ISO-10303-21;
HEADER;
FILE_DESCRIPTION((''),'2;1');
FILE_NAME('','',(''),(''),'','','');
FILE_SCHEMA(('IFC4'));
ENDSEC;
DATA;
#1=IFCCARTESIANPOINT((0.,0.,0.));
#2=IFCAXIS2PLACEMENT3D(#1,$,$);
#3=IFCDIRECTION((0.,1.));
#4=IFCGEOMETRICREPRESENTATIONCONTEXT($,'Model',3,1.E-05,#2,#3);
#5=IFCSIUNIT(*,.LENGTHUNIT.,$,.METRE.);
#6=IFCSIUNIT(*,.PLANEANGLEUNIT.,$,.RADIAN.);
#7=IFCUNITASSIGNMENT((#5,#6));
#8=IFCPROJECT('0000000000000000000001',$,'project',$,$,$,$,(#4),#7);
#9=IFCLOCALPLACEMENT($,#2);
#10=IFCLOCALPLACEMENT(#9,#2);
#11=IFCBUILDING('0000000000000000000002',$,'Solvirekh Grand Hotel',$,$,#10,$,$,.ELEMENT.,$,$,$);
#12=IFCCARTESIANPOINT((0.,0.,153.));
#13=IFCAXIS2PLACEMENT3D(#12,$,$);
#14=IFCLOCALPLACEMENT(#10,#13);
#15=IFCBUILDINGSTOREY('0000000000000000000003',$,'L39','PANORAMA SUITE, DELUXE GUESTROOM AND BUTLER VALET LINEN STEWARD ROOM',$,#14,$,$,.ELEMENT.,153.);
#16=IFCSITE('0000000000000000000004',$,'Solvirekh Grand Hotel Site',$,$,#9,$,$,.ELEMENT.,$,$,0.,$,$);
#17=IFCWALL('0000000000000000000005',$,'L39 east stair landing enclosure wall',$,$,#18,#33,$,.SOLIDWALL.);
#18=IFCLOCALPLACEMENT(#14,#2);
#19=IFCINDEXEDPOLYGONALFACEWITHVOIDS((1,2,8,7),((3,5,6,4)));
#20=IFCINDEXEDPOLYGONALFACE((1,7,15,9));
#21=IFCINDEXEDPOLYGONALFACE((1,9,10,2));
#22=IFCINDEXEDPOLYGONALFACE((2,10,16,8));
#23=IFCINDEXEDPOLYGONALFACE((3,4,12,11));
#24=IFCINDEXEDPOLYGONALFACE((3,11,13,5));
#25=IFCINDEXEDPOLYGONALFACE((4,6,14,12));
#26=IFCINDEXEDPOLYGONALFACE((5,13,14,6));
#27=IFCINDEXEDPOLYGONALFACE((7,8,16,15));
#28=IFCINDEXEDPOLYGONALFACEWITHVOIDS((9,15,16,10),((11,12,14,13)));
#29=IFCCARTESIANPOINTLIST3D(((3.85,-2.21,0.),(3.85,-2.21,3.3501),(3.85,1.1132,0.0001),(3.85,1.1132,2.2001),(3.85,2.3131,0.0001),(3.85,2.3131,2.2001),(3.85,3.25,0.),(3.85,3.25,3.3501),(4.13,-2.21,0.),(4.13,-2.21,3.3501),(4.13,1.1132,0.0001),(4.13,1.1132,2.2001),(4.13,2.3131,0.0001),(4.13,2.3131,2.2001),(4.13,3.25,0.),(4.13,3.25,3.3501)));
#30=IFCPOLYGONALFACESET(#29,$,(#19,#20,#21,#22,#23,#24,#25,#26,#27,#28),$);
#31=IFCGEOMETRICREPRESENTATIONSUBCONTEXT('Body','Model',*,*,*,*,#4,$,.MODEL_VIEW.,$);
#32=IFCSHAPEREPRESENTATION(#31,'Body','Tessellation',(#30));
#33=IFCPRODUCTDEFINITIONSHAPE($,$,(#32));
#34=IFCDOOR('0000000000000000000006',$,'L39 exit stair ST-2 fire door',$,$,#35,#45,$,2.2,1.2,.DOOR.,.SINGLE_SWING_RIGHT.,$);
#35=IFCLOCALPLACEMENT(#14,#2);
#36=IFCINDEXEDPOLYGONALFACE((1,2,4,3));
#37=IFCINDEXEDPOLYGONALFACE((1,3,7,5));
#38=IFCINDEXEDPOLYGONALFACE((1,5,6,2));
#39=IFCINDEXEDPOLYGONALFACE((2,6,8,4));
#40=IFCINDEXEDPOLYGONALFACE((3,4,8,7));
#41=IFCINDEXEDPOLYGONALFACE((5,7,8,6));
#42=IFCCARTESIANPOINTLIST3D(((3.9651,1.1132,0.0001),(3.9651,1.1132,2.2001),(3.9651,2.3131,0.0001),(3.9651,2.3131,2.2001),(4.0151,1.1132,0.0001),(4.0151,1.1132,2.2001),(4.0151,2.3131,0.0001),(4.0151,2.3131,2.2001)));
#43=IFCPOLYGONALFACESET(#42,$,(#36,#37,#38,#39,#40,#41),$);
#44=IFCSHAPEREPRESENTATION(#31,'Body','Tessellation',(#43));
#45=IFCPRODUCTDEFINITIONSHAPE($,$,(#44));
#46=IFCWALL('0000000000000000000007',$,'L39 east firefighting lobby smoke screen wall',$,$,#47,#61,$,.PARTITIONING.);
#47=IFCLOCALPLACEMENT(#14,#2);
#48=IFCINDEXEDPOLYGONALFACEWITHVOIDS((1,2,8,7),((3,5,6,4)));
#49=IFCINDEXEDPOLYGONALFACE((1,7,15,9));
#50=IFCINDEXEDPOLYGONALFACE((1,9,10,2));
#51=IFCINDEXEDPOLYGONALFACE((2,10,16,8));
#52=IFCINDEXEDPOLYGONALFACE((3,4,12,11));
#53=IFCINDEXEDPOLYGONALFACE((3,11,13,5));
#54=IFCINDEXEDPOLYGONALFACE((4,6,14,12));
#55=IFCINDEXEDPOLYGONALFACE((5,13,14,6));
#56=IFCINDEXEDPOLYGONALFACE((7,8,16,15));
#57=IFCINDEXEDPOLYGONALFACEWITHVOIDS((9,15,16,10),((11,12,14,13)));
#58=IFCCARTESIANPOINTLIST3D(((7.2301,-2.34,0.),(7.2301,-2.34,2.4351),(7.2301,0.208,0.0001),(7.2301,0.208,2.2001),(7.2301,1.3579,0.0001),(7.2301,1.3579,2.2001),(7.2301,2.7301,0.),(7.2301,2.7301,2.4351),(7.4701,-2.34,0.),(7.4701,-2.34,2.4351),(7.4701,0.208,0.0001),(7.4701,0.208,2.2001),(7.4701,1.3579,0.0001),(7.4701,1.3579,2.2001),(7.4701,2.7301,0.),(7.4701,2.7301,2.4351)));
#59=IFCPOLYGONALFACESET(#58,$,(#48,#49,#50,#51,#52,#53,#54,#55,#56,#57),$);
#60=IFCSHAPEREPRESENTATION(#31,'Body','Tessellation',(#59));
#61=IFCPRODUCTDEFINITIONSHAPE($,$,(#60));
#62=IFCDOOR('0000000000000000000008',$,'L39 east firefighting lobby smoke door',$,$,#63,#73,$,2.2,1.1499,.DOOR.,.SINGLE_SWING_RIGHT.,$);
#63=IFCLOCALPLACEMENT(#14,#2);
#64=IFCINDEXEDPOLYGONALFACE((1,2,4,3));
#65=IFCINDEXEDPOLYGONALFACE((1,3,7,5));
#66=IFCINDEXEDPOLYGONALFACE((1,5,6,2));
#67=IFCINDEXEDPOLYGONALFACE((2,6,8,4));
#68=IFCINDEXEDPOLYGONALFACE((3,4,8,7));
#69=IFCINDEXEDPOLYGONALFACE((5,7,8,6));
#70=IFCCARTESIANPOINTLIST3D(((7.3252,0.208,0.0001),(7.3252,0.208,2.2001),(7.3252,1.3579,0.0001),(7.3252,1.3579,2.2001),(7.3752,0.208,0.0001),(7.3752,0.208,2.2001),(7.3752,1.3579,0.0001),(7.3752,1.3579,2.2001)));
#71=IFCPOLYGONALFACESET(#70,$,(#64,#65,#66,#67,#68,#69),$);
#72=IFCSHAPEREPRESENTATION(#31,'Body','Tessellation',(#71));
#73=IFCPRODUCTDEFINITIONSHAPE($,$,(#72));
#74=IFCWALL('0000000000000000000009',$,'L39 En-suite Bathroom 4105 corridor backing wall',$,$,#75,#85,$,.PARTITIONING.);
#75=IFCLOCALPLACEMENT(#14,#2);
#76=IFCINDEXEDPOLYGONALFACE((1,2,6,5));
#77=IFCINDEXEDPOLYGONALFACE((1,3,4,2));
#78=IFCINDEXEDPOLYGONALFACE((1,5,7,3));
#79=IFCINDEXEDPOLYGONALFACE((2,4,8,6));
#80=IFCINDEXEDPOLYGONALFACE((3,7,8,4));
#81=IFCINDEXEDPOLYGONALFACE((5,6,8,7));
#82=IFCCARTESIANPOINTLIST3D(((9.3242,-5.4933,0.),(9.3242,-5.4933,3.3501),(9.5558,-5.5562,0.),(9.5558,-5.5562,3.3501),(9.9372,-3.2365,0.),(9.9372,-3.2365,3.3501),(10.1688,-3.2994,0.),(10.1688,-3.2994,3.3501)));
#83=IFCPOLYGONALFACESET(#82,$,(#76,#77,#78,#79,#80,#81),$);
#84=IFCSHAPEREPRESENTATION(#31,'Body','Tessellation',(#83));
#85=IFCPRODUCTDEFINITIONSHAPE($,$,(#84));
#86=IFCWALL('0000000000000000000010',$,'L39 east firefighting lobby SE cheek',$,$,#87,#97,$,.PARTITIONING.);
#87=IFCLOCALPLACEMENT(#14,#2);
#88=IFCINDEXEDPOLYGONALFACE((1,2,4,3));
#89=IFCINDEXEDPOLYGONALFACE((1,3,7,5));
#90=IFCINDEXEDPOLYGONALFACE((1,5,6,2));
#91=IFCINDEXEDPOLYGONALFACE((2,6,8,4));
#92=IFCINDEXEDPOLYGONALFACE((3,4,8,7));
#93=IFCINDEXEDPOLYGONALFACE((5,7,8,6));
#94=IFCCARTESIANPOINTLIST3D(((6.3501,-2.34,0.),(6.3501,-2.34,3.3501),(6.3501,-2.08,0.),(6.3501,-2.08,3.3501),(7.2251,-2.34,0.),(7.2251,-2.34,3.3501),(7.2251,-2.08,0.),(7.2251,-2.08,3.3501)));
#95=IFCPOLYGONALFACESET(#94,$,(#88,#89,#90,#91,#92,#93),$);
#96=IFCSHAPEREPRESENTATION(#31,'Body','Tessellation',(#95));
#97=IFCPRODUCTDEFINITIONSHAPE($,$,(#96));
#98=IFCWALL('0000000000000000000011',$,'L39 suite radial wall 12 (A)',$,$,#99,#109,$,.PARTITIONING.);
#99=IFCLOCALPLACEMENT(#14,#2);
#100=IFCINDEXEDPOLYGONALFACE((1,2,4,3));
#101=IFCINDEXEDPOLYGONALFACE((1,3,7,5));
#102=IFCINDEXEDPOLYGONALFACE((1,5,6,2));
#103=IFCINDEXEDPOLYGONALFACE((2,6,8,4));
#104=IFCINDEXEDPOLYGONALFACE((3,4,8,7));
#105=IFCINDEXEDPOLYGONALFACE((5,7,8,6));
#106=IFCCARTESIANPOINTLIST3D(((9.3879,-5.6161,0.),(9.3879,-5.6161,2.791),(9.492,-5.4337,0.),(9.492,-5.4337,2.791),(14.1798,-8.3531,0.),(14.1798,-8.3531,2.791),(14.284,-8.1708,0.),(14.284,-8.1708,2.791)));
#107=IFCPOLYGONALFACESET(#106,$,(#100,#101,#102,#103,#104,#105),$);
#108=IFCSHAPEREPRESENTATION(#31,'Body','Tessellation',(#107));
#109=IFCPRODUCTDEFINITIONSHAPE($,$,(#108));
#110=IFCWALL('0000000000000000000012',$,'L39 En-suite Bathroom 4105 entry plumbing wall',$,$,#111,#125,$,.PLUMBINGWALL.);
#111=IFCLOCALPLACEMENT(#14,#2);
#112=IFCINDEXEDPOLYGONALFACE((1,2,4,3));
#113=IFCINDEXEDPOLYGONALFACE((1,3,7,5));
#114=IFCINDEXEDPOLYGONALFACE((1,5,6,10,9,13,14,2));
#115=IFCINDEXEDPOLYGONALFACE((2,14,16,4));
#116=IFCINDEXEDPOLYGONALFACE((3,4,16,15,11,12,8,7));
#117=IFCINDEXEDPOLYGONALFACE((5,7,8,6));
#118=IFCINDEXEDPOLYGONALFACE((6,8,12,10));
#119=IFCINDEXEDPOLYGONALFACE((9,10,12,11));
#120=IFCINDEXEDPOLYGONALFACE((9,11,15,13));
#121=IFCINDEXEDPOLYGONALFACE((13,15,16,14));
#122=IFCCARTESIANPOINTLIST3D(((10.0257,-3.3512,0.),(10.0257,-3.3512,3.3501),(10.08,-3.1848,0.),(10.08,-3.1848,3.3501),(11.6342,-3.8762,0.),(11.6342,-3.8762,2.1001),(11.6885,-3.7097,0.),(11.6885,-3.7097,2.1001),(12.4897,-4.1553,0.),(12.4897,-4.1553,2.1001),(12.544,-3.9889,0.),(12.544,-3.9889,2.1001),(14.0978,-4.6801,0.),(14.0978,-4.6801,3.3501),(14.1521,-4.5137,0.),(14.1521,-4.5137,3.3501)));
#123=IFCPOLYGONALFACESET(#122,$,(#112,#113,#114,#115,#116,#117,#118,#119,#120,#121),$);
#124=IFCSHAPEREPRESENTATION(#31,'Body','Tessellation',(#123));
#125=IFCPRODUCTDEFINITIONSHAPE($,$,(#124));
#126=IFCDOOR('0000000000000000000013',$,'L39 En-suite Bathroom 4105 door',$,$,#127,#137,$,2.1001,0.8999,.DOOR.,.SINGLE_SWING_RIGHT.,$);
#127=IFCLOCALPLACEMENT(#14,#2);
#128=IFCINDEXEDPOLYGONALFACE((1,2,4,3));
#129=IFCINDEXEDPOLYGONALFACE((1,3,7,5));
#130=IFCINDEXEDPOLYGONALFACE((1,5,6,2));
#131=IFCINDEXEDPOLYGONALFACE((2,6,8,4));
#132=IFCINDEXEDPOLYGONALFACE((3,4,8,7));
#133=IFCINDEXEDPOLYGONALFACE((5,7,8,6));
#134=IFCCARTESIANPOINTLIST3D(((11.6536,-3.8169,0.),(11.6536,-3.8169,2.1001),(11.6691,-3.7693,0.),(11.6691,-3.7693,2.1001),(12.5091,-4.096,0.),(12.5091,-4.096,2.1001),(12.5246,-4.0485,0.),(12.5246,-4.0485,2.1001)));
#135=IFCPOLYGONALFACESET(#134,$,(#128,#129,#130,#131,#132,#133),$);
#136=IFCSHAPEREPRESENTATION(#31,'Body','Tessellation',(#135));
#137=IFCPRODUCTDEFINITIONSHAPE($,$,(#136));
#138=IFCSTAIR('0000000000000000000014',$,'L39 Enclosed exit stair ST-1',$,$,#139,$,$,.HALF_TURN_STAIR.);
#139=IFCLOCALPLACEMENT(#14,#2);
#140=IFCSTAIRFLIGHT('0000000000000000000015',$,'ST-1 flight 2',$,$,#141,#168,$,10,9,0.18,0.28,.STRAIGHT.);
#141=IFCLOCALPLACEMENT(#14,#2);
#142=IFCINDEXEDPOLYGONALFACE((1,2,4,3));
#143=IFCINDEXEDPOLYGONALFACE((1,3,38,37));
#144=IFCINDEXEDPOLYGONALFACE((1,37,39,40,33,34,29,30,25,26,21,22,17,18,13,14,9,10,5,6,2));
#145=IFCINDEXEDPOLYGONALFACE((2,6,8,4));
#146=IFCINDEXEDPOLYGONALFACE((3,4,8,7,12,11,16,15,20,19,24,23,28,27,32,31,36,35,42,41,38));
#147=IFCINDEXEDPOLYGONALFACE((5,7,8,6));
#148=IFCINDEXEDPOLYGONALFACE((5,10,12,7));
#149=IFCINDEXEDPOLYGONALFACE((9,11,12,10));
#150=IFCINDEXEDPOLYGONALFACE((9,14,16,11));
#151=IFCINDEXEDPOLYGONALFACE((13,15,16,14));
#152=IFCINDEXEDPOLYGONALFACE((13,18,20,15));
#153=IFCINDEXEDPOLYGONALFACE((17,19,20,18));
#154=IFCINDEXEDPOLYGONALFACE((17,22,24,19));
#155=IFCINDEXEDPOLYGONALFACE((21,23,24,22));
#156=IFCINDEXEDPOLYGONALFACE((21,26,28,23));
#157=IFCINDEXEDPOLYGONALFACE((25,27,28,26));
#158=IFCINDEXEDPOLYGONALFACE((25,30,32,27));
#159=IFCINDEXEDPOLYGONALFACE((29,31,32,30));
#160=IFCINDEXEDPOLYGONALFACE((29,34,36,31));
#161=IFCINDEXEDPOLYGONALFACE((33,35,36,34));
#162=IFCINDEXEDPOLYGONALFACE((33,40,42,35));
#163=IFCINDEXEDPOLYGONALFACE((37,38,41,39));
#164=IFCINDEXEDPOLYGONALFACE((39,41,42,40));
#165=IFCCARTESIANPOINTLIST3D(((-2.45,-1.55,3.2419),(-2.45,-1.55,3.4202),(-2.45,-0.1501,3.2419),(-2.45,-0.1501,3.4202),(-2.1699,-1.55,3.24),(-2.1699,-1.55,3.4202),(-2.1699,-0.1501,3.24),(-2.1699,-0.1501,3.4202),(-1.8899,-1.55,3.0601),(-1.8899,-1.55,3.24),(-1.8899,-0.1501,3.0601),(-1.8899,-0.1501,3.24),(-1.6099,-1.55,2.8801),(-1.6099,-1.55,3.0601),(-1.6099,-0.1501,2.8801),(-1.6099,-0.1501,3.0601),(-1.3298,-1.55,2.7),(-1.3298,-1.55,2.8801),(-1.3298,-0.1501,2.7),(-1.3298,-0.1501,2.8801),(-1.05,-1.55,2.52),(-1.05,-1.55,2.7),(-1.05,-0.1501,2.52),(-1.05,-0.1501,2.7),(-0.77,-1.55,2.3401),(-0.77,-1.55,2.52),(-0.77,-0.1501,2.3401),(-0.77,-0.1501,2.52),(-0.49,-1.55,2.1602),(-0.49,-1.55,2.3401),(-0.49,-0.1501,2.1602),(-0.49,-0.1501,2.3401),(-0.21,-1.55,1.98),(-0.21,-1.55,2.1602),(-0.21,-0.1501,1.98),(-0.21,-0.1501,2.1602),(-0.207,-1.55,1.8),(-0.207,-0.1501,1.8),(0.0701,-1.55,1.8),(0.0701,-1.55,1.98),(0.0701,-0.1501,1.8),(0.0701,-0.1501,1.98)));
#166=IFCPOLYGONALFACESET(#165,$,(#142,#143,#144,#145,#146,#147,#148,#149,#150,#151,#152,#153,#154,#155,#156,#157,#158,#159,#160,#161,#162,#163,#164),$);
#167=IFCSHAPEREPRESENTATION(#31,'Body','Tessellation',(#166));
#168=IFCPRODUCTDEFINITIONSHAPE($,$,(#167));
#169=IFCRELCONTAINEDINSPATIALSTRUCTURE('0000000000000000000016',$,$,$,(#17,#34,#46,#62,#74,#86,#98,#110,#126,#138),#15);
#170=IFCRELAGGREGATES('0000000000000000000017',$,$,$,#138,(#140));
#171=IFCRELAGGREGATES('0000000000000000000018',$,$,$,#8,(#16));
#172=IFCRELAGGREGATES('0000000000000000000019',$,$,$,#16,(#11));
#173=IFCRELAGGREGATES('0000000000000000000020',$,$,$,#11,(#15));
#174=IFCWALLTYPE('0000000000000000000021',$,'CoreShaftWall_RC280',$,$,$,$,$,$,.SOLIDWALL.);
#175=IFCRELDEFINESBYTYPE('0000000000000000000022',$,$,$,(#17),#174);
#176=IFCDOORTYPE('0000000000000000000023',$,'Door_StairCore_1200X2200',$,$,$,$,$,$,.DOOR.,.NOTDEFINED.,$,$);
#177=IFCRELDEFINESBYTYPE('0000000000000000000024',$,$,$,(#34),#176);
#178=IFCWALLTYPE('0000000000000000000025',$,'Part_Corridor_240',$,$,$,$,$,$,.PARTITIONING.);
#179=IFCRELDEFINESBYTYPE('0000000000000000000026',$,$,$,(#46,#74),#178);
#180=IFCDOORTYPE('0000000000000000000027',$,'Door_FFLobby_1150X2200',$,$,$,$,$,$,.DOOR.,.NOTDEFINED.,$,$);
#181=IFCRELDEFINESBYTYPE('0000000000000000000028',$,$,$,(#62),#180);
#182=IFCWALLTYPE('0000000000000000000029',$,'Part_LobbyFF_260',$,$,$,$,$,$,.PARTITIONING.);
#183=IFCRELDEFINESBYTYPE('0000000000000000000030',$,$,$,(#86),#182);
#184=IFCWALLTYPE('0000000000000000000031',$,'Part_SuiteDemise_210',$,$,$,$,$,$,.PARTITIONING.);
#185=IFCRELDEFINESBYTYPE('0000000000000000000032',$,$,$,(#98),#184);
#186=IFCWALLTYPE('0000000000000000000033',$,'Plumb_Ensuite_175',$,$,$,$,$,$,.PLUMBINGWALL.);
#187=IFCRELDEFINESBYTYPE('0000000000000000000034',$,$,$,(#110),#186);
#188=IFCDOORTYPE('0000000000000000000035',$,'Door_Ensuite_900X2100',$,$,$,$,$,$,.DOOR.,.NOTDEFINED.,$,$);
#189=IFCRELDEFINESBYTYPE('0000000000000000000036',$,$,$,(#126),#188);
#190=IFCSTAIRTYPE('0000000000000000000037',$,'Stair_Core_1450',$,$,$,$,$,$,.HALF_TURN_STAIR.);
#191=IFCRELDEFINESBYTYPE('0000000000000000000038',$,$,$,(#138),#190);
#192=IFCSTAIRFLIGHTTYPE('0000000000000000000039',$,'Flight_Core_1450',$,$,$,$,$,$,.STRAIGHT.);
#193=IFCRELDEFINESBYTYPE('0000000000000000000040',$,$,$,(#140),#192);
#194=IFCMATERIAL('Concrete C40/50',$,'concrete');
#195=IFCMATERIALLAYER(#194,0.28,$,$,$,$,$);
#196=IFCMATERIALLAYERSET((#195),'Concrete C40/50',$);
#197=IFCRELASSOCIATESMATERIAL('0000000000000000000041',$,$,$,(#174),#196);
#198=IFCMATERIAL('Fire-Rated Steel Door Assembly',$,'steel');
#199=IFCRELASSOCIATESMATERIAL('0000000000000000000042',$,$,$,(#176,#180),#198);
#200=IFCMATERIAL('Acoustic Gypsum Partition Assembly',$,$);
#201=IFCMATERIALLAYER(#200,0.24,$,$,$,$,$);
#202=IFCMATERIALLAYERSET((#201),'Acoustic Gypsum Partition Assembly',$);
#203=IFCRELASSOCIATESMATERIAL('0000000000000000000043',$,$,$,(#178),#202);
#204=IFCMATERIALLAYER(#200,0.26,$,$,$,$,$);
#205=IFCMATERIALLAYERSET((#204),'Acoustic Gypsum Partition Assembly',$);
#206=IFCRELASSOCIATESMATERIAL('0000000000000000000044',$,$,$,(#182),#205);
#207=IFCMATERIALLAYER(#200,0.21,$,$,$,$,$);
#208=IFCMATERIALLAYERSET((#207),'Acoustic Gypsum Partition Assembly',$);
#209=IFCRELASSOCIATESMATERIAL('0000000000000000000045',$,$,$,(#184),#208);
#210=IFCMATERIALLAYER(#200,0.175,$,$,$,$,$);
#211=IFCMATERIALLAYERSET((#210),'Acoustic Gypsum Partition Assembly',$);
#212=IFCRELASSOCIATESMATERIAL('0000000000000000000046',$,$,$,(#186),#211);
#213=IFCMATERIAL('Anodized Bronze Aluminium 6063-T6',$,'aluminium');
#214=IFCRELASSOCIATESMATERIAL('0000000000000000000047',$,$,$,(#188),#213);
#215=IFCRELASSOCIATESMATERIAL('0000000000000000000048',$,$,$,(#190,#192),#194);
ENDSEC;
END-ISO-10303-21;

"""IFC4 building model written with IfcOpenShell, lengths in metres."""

from ifc_helpers import new_model, si_unit, direction, frame, frame_2d, origin, place, context, subcontext, project, spatial, polyline, rectangle, outline, extrude, material, layer, layer_set, type_object, element, fill, aggregate, save


model = new_model("IFC4")

# Units and contexts
model_context = context("Model", 3, precision=1e-05, world=origin(), true_north=direction((0.0, 1.0)))
body_context = subcontext(model_context, "Body", "Model", "MODEL_VIEW")
ifc_project = project(units=[si_unit("LENGTHUNIT", "METRE"), si_unit("PLANEANGLEUNIT", "RADIAN")], contexts=[model_context])

# Site, building, storey
site_placement = place(None, origin())
site = spatial("IfcSite", under=ifc_project, at=site_placement, Name="Solvirekh Grand Hotel Site", CompositionType="ELEMENT", RefElevation=0.0)
building_placement = place(site_placement, origin())
building = spatial("IfcBuilding", under=site, at=building_placement, Name="Solvirekh Grand Hotel", CompositionType="ELEMENT")
storey_placement = place(building_placement, frame((0.0, 0.0, 153.0)))
storey = spatial("IfcBuildingStorey", under=building, at=storey_placement, Name="L39", Description="PANORAMA SUITE, DELUXE GUESTROOM AND BUTLER VALET LINEN STEWARD ROOM", CompositionType="ELEMENT", Elevation=153.0)

# Shared definitions
ifc_material_1 = material(Name="Concrete C40/50", Category="concrete")
ifc_layer_1 = layer(ifc_material_1, 0.28)
ifc_layer_set_1 = layer_set([ifc_layer_1], Name="Concrete C40/50")
wall_type_1 = type_object("IfcWallType", Name="CoreShaftWall_RC280", PredefinedType="SOLIDWALL", material=ifc_layer_set_1)

# Shared definitions
ifc_material_2 = material(Name="Fire-Rated Steel Door Assembly", Category="steel")

# Walls, openings, doors
wall_1_placement = place(storey_placement, frame((3.99, -2.21, 0.0), z_axis=(0.0, 0.0, 1.0), x_axis=(0.0, 1.0, 0.0)))
wall_1 = element("IfcWall", 1, at=wall_1_placement, inside=storey, type_object=wall_type_1, Name="L39 east stair landing enclosure wall", PredefinedType="SOLIDWALL", context=body_context, shape_type="SweptSolid", body=[
    extrude(rectangle(XDim=5.46, YDim=0.28, at=frame_2d((2.73, 0.0))), origin(), (0.0, 0.0, 1.0), 3.3501),
])
opening_1_placement = place(wall_1_placement, frame((3.323, 0.0, 0.0)))
opening_1 = element("IfcOpeningElement", 2, at=opening_1_placement, cuts=wall_1, PredefinedType="OPENING", context=body_context, shape_type="SweptSolid", body=[
    extrude(rectangle(XDim=1.2, YDim=2.2, at=frame_2d((0.6001, 1.1001))), frame((0.0, 0.1499, 0.0), z_axis=(0.0, -1.0, 0.0), x_axis=(1.0, 0.0, 0.0)), (0.0, 0.0, 1.0), 0.3),
])
door_type_1 = type_object("IfcDoorType", Name="Door_StairCore_1200X2200", OperationType="NOTDEFINED", PredefinedType="DOOR", material=ifc_material_2)
door_1_placement = place(opening_1_placement, origin())
door_1 = element("IfcDoor", 3, at=door_1_placement, inside=storey, type_object=door_type_1, Name="L39 exit stair ST-2 fire door", OperationType="SINGLE_SWING_RIGHT", OverallHeight=2.2, OverallWidth=1.2, PredefinedType="DOOR", context=body_context, shape_type="SweptSolid", body=[
    extrude(rectangle(XDim=1.2, YDim=2.2, at=frame_2d((0.6001, 1.1001))), frame((0.0, 0.0249, 0.0), z_axis=(0.0, -1.0, 0.0), x_axis=(1.0, 0.0, 0.0)), (0.0, 0.0, 1.0), 0.05),
])
fill(opening_1, door_1)
ifc_material_3 = material(Name="Acoustic Gypsum Partition Assembly")
ifc_layer_2 = layer(ifc_material_3, 0.24)
ifc_layer_set_2 = layer_set([ifc_layer_2], Name="Acoustic Gypsum Partition Assembly")
wall_type_2 = type_object("IfcWallType", Name="Part_Corridor_240", PredefinedType="PARTITIONING", material=ifc_layer_set_2)
wall_2_placement = place(storey_placement, frame((7.3501, -2.3401, 0.0), z_axis=(0.0, 0.0, 1.0), x_axis=(0.0, 1.0, 0.0)))
wall_2 = element("IfcWall", 4, at=wall_2_placement, inside=storey, type_object=wall_type_2, Name="L39 east firefighting lobby smoke screen wall", PredefinedType="PARTITIONING", context=body_context, shape_type="SweptSolid", body=[
    extrude(rectangle(XDim=5.0701, YDim=0.24, at=frame_2d((2.5352, 0.0))), origin(), (0.0, 0.0, 1.0), 2.4351),
])
opening_2_placement = place(wall_2_placement, frame((2.5481, 0.0, 0.0)))
opening_2 = element("IfcOpeningElement", 5, at=opening_2_placement, cuts=wall_2, PredefinedType="OPENING", context=body_context, shape_type="SweptSolid", body=[
    extrude(rectangle(XDim=1.1499, YDim=2.2, at=frame_2d((0.575, 1.1001))), frame((0.0, 0.1299, 0.0), z_axis=(0.0, -1.0, 0.0), x_axis=(1.0, 0.0, 0.0)), (0.0, 0.0, 1.0), 0.26),
])
door_type_2 = type_object("IfcDoorType", Name="Door_FFLobby_1150X2200", OperationType="NOTDEFINED", PredefinedType="DOOR", material=ifc_material_2)
door_2_placement = place(opening_2_placement, origin())
door_2 = element("IfcDoor", 6, at=door_2_placement, inside=storey, type_object=door_type_2, Name="L39 east firefighting lobby smoke door", OperationType="SINGLE_SWING_RIGHT", OverallHeight=2.2, OverallWidth=1.1499, PredefinedType="DOOR", context=body_context, shape_type="SweptSolid", body=[
    extrude(rectangle(XDim=1.1499, YDim=2.2, at=frame_2d((0.575, 1.1001))), frame((0.0, 0.0249, 0.0), z_axis=(0.0, -1.0, 0.0), x_axis=(1.0, 0.0, 0.0)), (0.0, 0.0, 1.0), 0.05),
])
fill(opening_2, door_2)

# Walls
wall_3_placement = place(storey_placement, frame((9.4399, -5.5249, 0.0), z_axis=(0.0, 0.0, 1.0), x_axis=(0.262137, 0.965031, 0.0)))
element("IfcWall", 7, at=wall_3_placement, inside=storey, type_object=wall_type_2, Name="L39 En-suite Bathroom 4105 corridor backing wall", PredefinedType="PARTITIONING", context=body_context, shape_type="SweptSolid", body=[
    extrude(rectangle(XDim=2.3386, YDim=0.24, at=frame_2d((1.1694, 0.0))), origin(), (0.0, 0.0, 1.0), 3.3501),
])
ifc_layer_3 = layer(ifc_material_3, 0.26)
ifc_layer_set_3 = layer_set([ifc_layer_3], Name="Acoustic Gypsum Partition Assembly")
wall_type_3 = type_object("IfcWallType", Name="Part_LobbyFF_260", PredefinedType="PARTITIONING", material=ifc_layer_set_3)
wall_4_placement = place(storey_placement, frame((6.3501, -2.21, 0.0), z_axis=(0.0, 0.0, 1.0), x_axis=(1.0, 0.0, 0.0)))
element("IfcWall", 8, at=wall_4_placement, inside=storey, type_object=wall_type_3, Name="L39 east firefighting lobby SE cheek", PredefinedType="PARTITIONING", context=body_context, shape_type="SweptSolid", body=[
    extrude(rectangle(XDim=0.875, YDim=0.26, at=frame_2d((0.4375, 0.0))), origin(), (0.0, 0.0, 1.0), 3.3501),
])
ifc_layer_4 = layer(ifc_material_3, 0.21)
ifc_layer_set_4 = layer_set([ifc_layer_4], Name="Acoustic Gypsum Partition Assembly")
wall_type_4 = type_object("IfcWallType", Name="Part_SuiteDemise_210", PredefinedType="PARTITIONING", material=ifc_layer_set_4)
wall_5_placement = place(storey_placement, frame((9.4399, -5.5249, 0.0), z_axis=(0.0, 0.0, 1.0), x_axis=(0.868338, -0.495972, 0.0)))
element("IfcWall", 9, at=wall_5_placement, inside=storey, type_object=wall_type_4, Name="L39 suite radial wall 12 (A)", PredefinedType="PARTITIONING", context=body_context, shape_type="SweptSolid", body=[
    extrude(rectangle(XDim=5.5186, YDim=0.21, at=frame_2d((2.7593, 0.0))), origin(), (0.0, 0.0, 1.0), 2.791),
])

# Wall, opening, door
ifc_layer_5 = layer(ifc_material_3, 0.175)
ifc_layer_set_5 = layer_set([ifc_layer_5], Name="Acoustic Gypsum Partition Assembly")
wall_type_5 = type_object("IfcWallType", Name="Plumb_Ensuite_175", PredefinedType="PLUMBINGWALL", material=ifc_layer_set_5)
wall_6_placement = place(storey_placement, frame((10.053, -3.2681, 0.0), z_axis=(0.0, 0.0, 1.0), x_axis=(0.950659, -0.310237, 0.0)))
wall_6 = element("IfcWall", 10, at=wall_6_placement, inside=storey, type_object=wall_type_5, Name="L39 En-suite Bathroom 4105 entry plumbing wall", PredefinedType="PLUMBINGWALL", context=body_context, shape_type="SweptSolid", body=[
    extrude(rectangle(XDim=4.2834, YDim=0.175, at=frame_2d((2.1416, 0.0))), origin(), (0.0, 0.0, 1.0), 3.3501),
])
opening_3_placement = place(wall_6_placement, frame((1.6919, 0.0, 0.0)))
opening_3 = element("IfcOpeningElement", 11, at=opening_3_placement, cuts=wall_6, PredefinedType="OPENING", context=body_context, shape_type="SweptSolid", body=[
    extrude(rectangle(XDim=0.8999, YDim=2.1001, at=frame_2d((0.45, 1.05))), frame((0.0, 0.0977, 0.0), z_axis=(0.0, -1.0, 0.0), x_axis=(1.0, 0.0, 0.0)), (0.0, 0.0, 1.0), 0.1951),
])
ifc_material_4 = material(Name="Anodized Bronze Aluminium 6063-T6", Category="aluminium")
door_type_3 = type_object("IfcDoorType", Name="Door_Ensuite_900X2100", OperationType="NOTDEFINED", PredefinedType="DOOR", material=ifc_material_4)
door_3_placement = place(opening_3_placement, origin())
door_3 = element("IfcDoor", 12, at=door_3_placement, inside=storey, type_object=door_type_3, Name="L39 En-suite Bathroom 4105 door", OperationType="SINGLE_SWING_RIGHT", OverallHeight=2.1001, OverallWidth=0.8999, PredefinedType="DOOR", context=body_context, shape_type="SweptSolid", body=[
    extrude(rectangle(XDim=0.8999, YDim=2.1001, at=frame_2d((0.45, 1.05))), frame((0.0, 0.0249, 0.0), z_axis=(0.0, -1.0, 0.0), x_axis=(1.0, 0.0, 0.0)), (0.0, 0.0, 1.0), 0.05),
])
fill(opening_3, door_3)

# Stair, stair flight
stair_type = type_object("IfcStairType", Name="Stair_Core_1450", PredefinedType="HALF_TURN_STAIR", material=ifc_material_1)
stair_placement = place(storey_placement, origin())
stair = element("IfcStair", 13, at=stair_placement, inside=storey, type_object=stair_type, Name="L39 Enclosed exit stair ST-1", PredefinedType="HALF_TURN_STAIR")
stair_flight_type = type_object("IfcStairFlightType", Name="Flight_Core_1450", PredefinedType="STRAIGHT", material=ifc_material_1)
stair_flight_placement = place(storey_placement, frame((0.0701, -0.8501, 1.8), z_axis=(0.0, 0.0, 1.0), x_axis=(-1.0, 0.0, 0.0)))
stair_flight = element("IfcStairFlight", 14, at=stair_flight_placement, type_object=stair_flight_type, Name="ST-1 flight 2", NumberOfRisers=10, NumberOfTreads=9, PredefinedType="STRAIGHT", RiserHeight=0.18, TreadLength=0.28, context=body_context, shape_type="SweptSolid", body=[
    extrude(outline(polyline([(0.0, 0.0), (0.0, 0.1799), (0.28, 0.1799), (0.28, 0.3601), (0.5601, 0.3601), (0.5601, 0.54), (0.8401, 0.54), (0.8401, 0.72), (1.1201, 0.72), (1.1201, 0.8999), (1.3999, 0.8999), (1.3999, 1.0801), (1.6799, 1.0801), (1.6799, 1.26), (1.96, 1.26), (1.96, 1.4399), (2.24, 1.4399), (2.24, 1.6201), (2.52, 1.6201), (2.52, 1.8), (2.52, 1.4419), (0.2771, 0.0), (0.0, 0.0)])), frame((0.0, 0.7, 0.0), z_axis=(0.0, -1.0, 0.0), x_axis=(1.0, 0.0, 0.0)), (0.0, 0.0, 1.0), 1.3999),
])
aggregate(stair, [stair_flight])

save(model, "model.ifc")
